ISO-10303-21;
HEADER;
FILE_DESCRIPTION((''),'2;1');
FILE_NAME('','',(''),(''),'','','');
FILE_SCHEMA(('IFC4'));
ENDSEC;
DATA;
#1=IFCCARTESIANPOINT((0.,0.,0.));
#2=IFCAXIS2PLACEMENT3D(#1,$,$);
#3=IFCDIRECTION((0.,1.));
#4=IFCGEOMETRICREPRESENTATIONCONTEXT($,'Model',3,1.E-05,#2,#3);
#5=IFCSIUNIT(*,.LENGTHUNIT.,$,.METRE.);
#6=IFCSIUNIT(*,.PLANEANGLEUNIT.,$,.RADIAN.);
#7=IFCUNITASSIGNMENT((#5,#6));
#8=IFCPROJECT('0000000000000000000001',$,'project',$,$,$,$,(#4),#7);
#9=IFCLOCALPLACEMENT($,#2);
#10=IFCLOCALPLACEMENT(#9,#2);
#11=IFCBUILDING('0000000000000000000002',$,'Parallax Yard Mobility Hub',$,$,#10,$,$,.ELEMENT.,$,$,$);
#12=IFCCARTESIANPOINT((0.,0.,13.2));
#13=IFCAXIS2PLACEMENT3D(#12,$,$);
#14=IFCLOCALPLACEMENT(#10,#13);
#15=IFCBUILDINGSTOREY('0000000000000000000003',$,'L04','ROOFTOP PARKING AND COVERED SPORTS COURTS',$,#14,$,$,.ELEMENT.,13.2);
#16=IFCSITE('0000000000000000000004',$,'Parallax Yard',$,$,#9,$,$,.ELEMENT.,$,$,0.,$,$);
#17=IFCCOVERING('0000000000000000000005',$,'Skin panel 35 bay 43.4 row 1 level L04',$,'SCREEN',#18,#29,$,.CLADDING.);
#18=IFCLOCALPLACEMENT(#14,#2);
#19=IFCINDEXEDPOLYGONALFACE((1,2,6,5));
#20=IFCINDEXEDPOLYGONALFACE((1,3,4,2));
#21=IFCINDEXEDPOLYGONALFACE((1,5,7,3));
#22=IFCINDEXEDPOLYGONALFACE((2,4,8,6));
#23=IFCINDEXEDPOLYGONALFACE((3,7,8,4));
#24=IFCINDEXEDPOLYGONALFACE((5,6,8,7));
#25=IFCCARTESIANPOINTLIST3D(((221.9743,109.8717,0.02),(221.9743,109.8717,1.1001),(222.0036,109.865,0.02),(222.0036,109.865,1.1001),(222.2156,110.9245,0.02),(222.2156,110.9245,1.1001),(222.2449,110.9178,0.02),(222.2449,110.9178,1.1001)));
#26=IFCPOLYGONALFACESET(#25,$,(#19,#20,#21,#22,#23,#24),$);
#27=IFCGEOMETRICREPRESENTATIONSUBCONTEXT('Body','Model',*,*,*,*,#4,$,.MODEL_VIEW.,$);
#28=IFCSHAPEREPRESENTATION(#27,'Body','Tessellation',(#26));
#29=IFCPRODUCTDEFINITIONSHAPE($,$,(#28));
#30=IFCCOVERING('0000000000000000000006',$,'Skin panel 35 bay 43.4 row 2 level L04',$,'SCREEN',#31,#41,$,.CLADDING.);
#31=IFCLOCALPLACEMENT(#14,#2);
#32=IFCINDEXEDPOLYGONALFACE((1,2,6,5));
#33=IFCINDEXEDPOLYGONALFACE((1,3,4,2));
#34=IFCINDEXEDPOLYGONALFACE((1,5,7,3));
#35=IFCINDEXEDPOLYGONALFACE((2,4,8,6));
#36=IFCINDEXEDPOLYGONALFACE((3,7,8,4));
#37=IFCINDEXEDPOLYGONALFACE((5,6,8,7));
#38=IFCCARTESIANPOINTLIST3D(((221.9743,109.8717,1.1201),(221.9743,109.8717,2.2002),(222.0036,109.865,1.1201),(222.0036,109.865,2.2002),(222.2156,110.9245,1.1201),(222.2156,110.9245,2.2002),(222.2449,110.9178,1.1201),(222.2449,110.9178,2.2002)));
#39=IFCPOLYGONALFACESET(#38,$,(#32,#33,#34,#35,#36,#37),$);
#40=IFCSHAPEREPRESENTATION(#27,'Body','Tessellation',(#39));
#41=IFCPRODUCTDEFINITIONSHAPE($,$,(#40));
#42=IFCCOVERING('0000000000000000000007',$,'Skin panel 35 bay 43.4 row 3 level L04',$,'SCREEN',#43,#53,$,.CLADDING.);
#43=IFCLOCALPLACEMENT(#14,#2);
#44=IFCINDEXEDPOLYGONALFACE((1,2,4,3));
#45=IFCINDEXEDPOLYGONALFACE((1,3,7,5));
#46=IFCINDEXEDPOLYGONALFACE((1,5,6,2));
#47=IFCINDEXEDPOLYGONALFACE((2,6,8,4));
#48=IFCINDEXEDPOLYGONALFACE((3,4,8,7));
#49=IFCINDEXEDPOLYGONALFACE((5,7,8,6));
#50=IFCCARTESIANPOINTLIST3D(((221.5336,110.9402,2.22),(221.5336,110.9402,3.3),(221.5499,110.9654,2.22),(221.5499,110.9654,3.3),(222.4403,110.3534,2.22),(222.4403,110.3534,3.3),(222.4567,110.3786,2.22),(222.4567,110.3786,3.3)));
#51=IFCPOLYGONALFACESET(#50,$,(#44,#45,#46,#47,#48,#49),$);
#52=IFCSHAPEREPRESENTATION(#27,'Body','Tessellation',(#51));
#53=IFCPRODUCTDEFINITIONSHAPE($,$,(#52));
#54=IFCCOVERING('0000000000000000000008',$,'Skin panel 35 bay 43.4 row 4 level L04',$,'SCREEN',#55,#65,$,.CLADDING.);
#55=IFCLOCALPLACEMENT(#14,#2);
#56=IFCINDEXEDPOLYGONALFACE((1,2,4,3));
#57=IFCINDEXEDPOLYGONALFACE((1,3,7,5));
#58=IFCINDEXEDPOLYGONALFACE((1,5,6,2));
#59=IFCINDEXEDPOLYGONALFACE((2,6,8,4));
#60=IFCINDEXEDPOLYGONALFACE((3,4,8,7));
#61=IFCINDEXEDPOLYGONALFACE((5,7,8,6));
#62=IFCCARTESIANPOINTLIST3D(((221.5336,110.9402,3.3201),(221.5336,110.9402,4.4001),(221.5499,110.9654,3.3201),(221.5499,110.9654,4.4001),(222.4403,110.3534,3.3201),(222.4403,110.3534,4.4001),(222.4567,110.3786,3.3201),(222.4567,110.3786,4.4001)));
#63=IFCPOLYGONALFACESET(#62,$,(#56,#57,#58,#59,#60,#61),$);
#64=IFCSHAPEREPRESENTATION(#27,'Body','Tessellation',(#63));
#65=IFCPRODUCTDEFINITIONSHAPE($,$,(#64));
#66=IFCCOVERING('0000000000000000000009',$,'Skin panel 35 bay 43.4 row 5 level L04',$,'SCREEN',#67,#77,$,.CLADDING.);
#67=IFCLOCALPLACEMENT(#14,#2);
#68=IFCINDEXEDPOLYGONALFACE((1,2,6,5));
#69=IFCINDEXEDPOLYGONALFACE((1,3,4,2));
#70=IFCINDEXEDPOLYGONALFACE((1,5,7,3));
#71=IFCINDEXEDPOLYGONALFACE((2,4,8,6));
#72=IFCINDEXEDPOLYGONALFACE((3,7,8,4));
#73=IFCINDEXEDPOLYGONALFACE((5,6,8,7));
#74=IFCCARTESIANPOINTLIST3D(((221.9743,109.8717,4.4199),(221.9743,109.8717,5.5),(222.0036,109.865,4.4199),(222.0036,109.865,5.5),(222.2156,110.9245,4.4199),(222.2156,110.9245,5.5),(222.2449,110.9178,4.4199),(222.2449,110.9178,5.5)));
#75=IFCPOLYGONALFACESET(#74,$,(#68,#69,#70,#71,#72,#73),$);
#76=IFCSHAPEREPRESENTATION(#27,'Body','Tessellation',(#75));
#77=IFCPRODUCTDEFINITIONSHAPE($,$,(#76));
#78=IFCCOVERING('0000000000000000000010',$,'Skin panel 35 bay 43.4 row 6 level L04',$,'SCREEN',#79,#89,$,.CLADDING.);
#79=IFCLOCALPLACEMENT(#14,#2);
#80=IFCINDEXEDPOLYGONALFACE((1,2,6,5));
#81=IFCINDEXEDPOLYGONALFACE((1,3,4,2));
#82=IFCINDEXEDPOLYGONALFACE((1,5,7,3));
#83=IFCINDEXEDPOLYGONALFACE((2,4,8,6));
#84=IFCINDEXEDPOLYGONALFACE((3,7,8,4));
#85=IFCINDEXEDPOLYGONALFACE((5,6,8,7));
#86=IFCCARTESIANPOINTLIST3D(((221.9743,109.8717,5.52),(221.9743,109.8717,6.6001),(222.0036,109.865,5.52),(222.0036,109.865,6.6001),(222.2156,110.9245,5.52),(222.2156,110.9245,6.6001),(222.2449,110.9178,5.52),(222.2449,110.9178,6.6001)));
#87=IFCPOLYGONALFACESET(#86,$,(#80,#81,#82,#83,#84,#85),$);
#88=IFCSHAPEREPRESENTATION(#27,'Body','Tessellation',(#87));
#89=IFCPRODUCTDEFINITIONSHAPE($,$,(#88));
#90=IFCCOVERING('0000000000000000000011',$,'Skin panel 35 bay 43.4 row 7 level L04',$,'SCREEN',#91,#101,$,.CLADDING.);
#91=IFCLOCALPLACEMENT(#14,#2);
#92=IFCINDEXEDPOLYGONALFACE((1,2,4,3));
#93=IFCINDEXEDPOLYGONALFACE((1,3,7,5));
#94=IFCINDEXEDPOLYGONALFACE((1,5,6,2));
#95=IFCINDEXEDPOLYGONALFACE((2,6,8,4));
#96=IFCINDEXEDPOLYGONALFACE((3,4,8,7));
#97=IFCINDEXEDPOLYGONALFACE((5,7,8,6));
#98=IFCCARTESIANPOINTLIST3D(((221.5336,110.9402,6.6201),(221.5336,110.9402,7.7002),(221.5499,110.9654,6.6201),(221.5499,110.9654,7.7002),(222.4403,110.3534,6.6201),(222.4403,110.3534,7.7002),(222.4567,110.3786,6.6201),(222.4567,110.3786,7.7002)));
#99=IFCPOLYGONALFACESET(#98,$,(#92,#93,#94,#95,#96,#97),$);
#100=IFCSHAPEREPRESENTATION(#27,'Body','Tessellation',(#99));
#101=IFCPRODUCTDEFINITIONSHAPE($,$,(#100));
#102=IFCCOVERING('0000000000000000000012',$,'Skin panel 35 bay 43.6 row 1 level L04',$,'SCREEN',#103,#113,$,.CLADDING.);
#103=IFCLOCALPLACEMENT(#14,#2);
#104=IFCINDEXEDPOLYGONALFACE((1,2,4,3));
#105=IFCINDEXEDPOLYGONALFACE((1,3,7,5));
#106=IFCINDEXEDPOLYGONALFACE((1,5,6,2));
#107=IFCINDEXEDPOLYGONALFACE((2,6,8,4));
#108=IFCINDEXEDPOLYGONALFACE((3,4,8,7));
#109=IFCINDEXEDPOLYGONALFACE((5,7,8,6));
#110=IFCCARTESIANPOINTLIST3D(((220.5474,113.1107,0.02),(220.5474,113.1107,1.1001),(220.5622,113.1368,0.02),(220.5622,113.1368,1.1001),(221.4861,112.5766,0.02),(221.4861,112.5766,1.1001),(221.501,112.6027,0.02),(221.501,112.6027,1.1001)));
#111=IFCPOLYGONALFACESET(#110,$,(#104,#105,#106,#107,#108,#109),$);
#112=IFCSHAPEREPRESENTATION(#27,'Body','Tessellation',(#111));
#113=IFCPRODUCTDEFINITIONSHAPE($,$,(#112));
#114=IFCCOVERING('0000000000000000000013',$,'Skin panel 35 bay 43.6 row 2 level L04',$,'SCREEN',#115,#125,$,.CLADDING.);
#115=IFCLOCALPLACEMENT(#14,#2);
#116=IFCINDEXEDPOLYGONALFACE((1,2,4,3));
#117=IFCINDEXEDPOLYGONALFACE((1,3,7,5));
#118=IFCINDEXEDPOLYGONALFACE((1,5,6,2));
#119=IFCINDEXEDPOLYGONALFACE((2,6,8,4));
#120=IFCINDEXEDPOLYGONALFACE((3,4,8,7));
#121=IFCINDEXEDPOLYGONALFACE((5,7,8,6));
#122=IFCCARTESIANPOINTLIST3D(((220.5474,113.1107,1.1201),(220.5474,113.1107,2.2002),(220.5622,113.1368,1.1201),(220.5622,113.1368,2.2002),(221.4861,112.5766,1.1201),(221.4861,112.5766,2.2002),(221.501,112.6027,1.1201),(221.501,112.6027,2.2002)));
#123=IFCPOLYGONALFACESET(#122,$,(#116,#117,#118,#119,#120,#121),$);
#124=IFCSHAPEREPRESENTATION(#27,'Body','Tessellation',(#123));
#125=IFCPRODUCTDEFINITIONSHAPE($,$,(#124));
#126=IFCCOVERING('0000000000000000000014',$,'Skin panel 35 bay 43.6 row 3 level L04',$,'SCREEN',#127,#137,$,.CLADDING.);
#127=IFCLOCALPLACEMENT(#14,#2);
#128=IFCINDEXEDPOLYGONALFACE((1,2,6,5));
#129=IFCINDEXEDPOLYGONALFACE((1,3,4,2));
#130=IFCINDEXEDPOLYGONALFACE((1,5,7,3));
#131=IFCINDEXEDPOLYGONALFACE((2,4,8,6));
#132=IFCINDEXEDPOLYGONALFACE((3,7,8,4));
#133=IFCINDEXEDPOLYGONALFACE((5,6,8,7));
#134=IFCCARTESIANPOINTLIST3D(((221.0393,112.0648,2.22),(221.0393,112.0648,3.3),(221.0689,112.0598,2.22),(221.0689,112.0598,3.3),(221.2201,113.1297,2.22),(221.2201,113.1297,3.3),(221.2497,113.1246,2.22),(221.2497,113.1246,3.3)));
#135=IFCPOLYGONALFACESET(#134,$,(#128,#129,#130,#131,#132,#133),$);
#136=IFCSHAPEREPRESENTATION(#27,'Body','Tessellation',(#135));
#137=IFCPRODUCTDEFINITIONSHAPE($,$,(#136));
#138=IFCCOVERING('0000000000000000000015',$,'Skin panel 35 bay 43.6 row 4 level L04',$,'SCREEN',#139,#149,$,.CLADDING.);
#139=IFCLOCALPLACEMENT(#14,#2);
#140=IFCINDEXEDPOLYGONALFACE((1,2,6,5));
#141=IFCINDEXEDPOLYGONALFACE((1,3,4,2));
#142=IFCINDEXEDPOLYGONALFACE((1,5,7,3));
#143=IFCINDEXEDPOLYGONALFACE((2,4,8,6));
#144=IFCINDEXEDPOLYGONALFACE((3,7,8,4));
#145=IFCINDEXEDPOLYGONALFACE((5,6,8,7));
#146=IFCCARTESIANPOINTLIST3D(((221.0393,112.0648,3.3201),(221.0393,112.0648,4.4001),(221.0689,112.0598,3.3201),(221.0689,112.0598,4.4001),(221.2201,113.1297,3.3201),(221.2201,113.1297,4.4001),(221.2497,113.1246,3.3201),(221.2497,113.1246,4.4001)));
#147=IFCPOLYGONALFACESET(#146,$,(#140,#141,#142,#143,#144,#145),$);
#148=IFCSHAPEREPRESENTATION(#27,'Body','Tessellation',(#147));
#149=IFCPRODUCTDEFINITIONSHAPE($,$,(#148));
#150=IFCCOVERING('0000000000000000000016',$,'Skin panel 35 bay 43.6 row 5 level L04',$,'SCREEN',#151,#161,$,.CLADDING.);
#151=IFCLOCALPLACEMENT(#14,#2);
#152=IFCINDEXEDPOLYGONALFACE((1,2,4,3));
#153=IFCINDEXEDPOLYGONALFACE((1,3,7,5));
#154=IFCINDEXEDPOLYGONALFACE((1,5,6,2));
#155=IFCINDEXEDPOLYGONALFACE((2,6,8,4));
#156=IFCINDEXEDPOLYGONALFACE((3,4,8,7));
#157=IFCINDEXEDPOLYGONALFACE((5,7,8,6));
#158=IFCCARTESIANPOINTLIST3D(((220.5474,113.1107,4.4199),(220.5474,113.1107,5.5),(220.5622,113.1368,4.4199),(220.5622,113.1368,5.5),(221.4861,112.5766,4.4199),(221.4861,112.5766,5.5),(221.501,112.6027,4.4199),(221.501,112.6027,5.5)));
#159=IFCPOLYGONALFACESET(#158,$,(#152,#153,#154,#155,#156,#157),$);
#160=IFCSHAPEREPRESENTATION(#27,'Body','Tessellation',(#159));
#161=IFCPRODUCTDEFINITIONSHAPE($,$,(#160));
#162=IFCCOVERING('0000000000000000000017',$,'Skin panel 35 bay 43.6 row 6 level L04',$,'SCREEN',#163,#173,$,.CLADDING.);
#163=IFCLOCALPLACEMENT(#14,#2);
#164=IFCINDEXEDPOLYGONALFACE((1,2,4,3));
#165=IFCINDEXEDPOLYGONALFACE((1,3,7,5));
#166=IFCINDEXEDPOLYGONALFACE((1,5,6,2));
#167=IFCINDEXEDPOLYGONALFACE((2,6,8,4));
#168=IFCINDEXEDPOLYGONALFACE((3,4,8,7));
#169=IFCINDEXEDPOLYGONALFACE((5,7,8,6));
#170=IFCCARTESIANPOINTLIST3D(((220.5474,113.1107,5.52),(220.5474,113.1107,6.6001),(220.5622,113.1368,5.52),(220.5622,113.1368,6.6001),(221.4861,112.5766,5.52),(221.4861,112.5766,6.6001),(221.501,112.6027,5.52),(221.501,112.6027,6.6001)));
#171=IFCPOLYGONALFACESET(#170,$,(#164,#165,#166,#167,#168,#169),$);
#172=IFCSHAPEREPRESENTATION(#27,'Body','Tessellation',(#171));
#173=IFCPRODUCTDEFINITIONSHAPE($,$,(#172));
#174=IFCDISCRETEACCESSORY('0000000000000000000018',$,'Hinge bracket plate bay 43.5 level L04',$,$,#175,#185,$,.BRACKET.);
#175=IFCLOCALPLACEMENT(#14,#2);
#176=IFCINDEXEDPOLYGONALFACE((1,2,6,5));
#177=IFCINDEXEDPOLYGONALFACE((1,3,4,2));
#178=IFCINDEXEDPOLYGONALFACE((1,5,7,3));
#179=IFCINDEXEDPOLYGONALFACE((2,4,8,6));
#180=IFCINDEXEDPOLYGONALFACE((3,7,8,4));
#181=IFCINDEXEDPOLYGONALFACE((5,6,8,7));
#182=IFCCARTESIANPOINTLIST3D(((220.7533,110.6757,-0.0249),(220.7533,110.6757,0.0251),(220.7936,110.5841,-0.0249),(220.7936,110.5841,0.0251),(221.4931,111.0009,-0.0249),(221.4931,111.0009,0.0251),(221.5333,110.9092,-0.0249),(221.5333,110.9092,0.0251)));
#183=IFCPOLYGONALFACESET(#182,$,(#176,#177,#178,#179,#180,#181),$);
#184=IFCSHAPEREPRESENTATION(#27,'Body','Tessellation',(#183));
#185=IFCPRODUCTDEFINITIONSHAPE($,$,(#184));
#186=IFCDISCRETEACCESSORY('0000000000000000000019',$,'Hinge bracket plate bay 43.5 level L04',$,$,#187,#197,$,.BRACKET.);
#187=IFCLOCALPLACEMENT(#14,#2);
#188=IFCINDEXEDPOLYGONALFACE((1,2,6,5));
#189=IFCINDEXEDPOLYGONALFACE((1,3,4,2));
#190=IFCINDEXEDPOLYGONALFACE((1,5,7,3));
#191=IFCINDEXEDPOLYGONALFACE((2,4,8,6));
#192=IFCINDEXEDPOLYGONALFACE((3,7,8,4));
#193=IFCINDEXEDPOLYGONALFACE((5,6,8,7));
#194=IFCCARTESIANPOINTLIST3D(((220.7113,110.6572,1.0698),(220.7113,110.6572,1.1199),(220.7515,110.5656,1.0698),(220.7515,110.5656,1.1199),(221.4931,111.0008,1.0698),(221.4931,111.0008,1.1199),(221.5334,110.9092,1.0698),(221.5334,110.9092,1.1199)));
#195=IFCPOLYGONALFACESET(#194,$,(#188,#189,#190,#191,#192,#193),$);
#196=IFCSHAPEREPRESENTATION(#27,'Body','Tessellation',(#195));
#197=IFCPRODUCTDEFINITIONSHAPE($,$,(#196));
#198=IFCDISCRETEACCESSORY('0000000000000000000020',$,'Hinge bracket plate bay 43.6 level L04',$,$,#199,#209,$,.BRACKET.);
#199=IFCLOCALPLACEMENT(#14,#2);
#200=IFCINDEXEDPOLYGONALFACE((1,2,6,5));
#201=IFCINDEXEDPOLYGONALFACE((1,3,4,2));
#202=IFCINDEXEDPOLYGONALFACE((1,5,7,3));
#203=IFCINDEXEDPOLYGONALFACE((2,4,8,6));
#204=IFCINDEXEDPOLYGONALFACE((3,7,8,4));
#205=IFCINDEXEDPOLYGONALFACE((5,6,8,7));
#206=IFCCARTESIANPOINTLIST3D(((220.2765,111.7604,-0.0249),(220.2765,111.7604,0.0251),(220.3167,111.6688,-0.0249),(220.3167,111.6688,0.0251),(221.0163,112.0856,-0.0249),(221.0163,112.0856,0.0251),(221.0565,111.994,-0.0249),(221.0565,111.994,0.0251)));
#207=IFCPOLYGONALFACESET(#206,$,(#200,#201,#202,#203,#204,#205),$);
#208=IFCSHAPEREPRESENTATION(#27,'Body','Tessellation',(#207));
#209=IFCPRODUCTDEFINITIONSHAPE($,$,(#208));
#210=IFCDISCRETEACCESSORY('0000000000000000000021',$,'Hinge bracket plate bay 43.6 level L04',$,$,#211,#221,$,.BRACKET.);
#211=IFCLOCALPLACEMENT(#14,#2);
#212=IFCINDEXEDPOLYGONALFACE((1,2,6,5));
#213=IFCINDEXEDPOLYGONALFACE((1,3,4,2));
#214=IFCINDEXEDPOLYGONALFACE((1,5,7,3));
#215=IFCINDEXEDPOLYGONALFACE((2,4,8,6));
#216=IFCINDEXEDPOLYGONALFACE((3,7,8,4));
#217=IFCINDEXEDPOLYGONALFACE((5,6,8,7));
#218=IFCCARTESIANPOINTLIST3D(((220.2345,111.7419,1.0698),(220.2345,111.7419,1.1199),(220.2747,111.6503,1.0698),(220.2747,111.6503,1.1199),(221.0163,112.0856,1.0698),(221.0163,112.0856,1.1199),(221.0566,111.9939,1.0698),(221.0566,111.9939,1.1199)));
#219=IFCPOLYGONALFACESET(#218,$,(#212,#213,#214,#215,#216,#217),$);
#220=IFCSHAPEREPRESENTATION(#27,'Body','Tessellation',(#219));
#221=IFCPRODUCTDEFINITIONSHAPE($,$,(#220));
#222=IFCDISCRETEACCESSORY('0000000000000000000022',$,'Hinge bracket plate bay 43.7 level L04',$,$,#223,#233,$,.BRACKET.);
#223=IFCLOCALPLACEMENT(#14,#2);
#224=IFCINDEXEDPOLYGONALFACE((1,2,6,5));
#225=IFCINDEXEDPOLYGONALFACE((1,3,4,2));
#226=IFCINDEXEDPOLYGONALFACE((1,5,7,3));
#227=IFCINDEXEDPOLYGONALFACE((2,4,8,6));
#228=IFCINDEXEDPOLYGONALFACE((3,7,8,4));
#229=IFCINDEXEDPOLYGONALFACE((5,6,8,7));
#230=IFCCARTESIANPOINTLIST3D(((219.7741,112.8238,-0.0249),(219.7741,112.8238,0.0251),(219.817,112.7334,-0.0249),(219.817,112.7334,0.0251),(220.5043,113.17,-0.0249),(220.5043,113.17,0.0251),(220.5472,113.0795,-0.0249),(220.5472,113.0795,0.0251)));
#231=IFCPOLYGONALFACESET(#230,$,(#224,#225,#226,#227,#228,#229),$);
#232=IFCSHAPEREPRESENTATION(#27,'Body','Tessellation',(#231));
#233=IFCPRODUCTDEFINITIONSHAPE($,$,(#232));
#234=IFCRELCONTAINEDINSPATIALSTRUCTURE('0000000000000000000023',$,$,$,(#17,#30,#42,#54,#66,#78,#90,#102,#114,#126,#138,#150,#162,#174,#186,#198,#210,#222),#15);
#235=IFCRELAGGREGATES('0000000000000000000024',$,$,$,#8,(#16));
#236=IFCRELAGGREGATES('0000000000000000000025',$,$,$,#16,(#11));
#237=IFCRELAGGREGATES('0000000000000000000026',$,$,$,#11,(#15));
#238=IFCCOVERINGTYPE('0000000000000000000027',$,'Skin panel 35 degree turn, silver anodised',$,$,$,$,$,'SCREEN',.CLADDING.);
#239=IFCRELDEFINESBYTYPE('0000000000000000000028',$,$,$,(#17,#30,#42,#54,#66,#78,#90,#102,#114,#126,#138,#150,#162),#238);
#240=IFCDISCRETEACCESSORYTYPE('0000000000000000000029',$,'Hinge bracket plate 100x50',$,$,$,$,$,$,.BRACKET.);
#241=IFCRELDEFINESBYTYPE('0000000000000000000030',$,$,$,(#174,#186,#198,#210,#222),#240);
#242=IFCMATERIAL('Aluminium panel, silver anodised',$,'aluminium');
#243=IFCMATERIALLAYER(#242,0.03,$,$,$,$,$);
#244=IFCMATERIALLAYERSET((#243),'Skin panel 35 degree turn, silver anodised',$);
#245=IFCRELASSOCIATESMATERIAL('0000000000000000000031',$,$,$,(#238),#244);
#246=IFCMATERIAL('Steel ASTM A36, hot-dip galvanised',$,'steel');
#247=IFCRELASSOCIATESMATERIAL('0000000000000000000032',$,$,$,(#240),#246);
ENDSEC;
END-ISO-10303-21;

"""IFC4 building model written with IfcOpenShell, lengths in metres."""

from ifc_helpers import new_model, si_unit, direction, frame, origin, origin_2d, place, context, subcontext, project, spatial, rectangle, extrude, material, layer, layer_set, type_object, element, save


model = new_model("IFC4")

# Units and contexts
model_context = context("Model", 3, precision=1e-05, world=origin(), true_north=direction((0.0, 1.0)))
body_context = subcontext(model_context, "Body", "Model", "MODEL_VIEW")
ifc_project = project(units=[si_unit("LENGTHUNIT", "METRE"), si_unit("PLANEANGLEUNIT", "RADIAN")], contexts=[model_context])

# Site, building, storey
site_placement = place(None, origin())
site = spatial("IfcSite", under=ifc_project, at=site_placement, Name="Parallax Yard", CompositionType="ELEMENT", RefElevation=0.0)
building_placement = place(site_placement, origin())
building = spatial("IfcBuilding", under=site, at=building_placement, Name="Parallax Yard Mobility Hub", CompositionType="ELEMENT")
storey_placement = place(building_placement, frame((0.0, 0.0, 13.2)))
storey = spatial("IfcBuildingStorey", under=building, at=storey_placement, Name="L04", Description="ROOFTOP PARKING AND COVERED SPORTS COURTS", CompositionType="ELEMENT", Elevation=13.2)

# Coverings
ifc_material_1 = material(Name="Aluminium panel, silver anodised", Category="aluminium")
ifc_layer_1 = layer(ifc_material_1, 0.03)
ifc_layer_set_1 = layer_set([ifc_layer_1], Name="Skin panel 35 degree turn, silver anodised")
covering_type_1 = type_object("IfcCoveringType", Name="Skin panel 35 degree turn, silver anodised", ElementType="SCREEN", PredefinedType="CLADDING", material=ifc_layer_set_1)
for number, where, z_axis, x_axis, name in (
    (1, (222.1096, 110.3948, 0.02), (0.0, 0.0, 1.0), (0.223405, 0.974726, 0.0), "Skin panel 35 bay 43.4 row 1 level L04"),
    (2, (222.1096, 110.3948, 1.1201), (0.0, 0.0, 1.0), (0.223405, 0.974726, 0.0), "Skin panel 35 bay 43.4 row 2 level L04"),
    (3, (221.9951, 110.6594, 2.22), (0.0, 0.0, 1.0), (0.839534, -0.543308, 0.0), "Skin panel 35 bay 43.4 row 3 level L04"),
    (4, (221.9951, 110.6594, 3.3201), (0.0, 0.0, 1.0), (0.839534, -0.543308, 0.0), "Skin panel 35 bay 43.4 row 4 level L04"),
    (5, (222.1096, 110.3948, 4.4199), (0.0, 0.0, 1.0), (0.223405, 0.974726, 0.0), "Skin panel 35 bay 43.4 row 5 level L04"),
    (6, (222.1096, 110.3948, 5.52), (0.0, 0.0, 1.0), (0.223405, 0.974726, 0.0), "Skin panel 35 bay 43.4 row 6 level L04"),
    (7, (221.9951, 110.6594, 6.6201), (0.0, 0.0, 1.0), (0.839534, -0.543308, 0.0), "Skin panel 35 bay 43.4 row 7 level L04"),
    (8, (221.0242, 112.8567, 0.02), (0.0, 0.0, 1.0), (0.869181, -0.494494, 0.0), "Skin panel 35 bay 43.6 row 1 level L04"),
    (9, (221.0242, 112.8567, 1.1201), (0.0, 0.0, 1.0), (0.869181, -0.494494, 0.0), "Skin panel 35 bay 43.6 row 2 level L04"),
    (10, (221.1445, 112.5947, 2.22), (0.0, 0.0, 1.0), (0.167395, 0.98589, 0.0), "Skin panel 35 bay 43.6 row 3 level L04"),
    (11, (221.1445, 112.5947, 3.3201), (0.0, 0.0, 1.0), (0.167395, 0.98589, 0.0), "Skin panel 35 bay 43.6 row 4 level L04"),
    (12, (221.0242, 112.8567, 4.4199), (0.0, 0.0, 1.0), (0.869181, -0.494494, 0.0), "Skin panel 35 bay 43.6 row 5 level L04"),
    (13, (221.0242, 112.8567, 5.52), (0.0, 0.0, 1.0), (0.869181, -0.494494, 0.0), "Skin panel 35 bay 43.6 row 6 level L04"),
):
    element("IfcCovering", number, at=place(storey_placement, frame(where, z_axis=z_axis, x_axis=x_axis)), inside=storey, type_object=covering_type_1, Name=name, ObjectType="SCREEN", PredefinedType="CLADDING", context=body_context, shape_type="SweptSolid", body=[
        extrude(rectangle(XDim=1.0801, YDim=0.03, at=origin_2d()), origin(), (0.0, 0.0, 1.0), 1.0801),
    ])

# Discrete accessories
ifc_material_2 = material(Name="Steel ASTM A36, hot-dip galvanised", Category="steel")
discrete_accessory_type_1 = type_object("IfcDiscreteAccessoryType", Name="Hinge bracket plate 100x50", PredefinedType="BRACKET", material=ifc_material_2)
discrete_accessory_1_placement = place(storey_placement, frame((221.1433, 110.7925, -0.0249), z_axis=(0.0, 0.0, 1.0), x_axis=(0.915471, 0.402384, 0.0)))
element("IfcDiscreteAccessory", 14, at=discrete_accessory_1_placement, inside=storey, type_object=discrete_accessory_type_1, Name="Hinge bracket plate bay 43.5 level L04", PredefinedType="BRACKET", context=body_context, shape_type="SweptSolid", body=[
    extrude(rectangle(XDim=0.8081, YDim=0.1001, at=origin_2d()), origin(), (0.0, 0.0, 1.0), 0.05),
])
discrete_accessory_2_placement = place(storey_placement, frame((221.1223, 110.7832, 1.0698), z_axis=(0.0, 0.0, 1.0), x_axis=(0.915471, 0.402384, 0.0)))
element("IfcDiscreteAccessory", 15, at=discrete_accessory_2_placement, inside=storey, type_object=discrete_accessory_type_1, Name="Hinge bracket plate bay 43.5 level L04", PredefinedType="BRACKET", context=body_context, shape_type="SweptSolid", body=[
    extrude(rectangle(XDim=0.854, YDim=0.1001, at=origin_2d()), origin(), (0.0, 0.0, 1.0), 0.05),
])
discrete_accessory_3_placement = place(storey_placement, frame((220.6665, 111.8772, -0.0249), z_axis=(0.0, 0.0, 1.0), x_axis=(0.915471, 0.402384, 0.0)))
element("IfcDiscreteAccessory", 16, at=discrete_accessory_3_placement, inside=storey, type_object=discrete_accessory_type_1, Name="Hinge bracket plate bay 43.6 level L04", PredefinedType="BRACKET", context=body_context, shape_type="SweptSolid", body=[
    extrude(rectangle(XDim=0.8081, YDim=0.1001, at=origin_2d()), origin(), (0.0, 0.0, 1.0), 0.05),
])
discrete_accessory_4_placement = place(storey_placement, frame((220.6455, 111.8679, 1.0698), z_axis=(0.0, 0.0, 1.0), x_axis=(0.915471, 0.402384, 0.0)))
element("IfcDiscreteAccessory", 17, at=discrete_accessory_4_placement, inside=storey, type_object=discrete_accessory_type_1, Name="Hinge bracket plate bay 43.6 level L04", PredefinedType="BRACKET", context=body_context, shape_type="SweptSolid", body=[
    extrude(rectangle(XDim=0.854, YDim=0.1001, at=origin_2d()), origin(), (0.0, 0.0, 1.0), 0.05),
])
discrete_accessory_5_placement = place(storey_placement, frame((220.1606, 112.9517, -0.0249), z_axis=(0.0, 0.0, 1.0), x_axis=(0.903608, 0.428361, 0.0)))
element("IfcDiscreteAccessory", 18, at=discrete_accessory_5_placement, inside=storey, type_object=discrete_accessory_type_1, Name="Hinge bracket plate bay 43.7 level L04", PredefinedType="BRACKET", context=body_context, shape_type="SweptSolid", body=[
    extrude(rectangle(XDim=0.8081, YDim=0.1001, at=origin_2d()), origin(), (0.0, 0.0, 1.0), 0.05),
])

save(model, "model.ifc")
